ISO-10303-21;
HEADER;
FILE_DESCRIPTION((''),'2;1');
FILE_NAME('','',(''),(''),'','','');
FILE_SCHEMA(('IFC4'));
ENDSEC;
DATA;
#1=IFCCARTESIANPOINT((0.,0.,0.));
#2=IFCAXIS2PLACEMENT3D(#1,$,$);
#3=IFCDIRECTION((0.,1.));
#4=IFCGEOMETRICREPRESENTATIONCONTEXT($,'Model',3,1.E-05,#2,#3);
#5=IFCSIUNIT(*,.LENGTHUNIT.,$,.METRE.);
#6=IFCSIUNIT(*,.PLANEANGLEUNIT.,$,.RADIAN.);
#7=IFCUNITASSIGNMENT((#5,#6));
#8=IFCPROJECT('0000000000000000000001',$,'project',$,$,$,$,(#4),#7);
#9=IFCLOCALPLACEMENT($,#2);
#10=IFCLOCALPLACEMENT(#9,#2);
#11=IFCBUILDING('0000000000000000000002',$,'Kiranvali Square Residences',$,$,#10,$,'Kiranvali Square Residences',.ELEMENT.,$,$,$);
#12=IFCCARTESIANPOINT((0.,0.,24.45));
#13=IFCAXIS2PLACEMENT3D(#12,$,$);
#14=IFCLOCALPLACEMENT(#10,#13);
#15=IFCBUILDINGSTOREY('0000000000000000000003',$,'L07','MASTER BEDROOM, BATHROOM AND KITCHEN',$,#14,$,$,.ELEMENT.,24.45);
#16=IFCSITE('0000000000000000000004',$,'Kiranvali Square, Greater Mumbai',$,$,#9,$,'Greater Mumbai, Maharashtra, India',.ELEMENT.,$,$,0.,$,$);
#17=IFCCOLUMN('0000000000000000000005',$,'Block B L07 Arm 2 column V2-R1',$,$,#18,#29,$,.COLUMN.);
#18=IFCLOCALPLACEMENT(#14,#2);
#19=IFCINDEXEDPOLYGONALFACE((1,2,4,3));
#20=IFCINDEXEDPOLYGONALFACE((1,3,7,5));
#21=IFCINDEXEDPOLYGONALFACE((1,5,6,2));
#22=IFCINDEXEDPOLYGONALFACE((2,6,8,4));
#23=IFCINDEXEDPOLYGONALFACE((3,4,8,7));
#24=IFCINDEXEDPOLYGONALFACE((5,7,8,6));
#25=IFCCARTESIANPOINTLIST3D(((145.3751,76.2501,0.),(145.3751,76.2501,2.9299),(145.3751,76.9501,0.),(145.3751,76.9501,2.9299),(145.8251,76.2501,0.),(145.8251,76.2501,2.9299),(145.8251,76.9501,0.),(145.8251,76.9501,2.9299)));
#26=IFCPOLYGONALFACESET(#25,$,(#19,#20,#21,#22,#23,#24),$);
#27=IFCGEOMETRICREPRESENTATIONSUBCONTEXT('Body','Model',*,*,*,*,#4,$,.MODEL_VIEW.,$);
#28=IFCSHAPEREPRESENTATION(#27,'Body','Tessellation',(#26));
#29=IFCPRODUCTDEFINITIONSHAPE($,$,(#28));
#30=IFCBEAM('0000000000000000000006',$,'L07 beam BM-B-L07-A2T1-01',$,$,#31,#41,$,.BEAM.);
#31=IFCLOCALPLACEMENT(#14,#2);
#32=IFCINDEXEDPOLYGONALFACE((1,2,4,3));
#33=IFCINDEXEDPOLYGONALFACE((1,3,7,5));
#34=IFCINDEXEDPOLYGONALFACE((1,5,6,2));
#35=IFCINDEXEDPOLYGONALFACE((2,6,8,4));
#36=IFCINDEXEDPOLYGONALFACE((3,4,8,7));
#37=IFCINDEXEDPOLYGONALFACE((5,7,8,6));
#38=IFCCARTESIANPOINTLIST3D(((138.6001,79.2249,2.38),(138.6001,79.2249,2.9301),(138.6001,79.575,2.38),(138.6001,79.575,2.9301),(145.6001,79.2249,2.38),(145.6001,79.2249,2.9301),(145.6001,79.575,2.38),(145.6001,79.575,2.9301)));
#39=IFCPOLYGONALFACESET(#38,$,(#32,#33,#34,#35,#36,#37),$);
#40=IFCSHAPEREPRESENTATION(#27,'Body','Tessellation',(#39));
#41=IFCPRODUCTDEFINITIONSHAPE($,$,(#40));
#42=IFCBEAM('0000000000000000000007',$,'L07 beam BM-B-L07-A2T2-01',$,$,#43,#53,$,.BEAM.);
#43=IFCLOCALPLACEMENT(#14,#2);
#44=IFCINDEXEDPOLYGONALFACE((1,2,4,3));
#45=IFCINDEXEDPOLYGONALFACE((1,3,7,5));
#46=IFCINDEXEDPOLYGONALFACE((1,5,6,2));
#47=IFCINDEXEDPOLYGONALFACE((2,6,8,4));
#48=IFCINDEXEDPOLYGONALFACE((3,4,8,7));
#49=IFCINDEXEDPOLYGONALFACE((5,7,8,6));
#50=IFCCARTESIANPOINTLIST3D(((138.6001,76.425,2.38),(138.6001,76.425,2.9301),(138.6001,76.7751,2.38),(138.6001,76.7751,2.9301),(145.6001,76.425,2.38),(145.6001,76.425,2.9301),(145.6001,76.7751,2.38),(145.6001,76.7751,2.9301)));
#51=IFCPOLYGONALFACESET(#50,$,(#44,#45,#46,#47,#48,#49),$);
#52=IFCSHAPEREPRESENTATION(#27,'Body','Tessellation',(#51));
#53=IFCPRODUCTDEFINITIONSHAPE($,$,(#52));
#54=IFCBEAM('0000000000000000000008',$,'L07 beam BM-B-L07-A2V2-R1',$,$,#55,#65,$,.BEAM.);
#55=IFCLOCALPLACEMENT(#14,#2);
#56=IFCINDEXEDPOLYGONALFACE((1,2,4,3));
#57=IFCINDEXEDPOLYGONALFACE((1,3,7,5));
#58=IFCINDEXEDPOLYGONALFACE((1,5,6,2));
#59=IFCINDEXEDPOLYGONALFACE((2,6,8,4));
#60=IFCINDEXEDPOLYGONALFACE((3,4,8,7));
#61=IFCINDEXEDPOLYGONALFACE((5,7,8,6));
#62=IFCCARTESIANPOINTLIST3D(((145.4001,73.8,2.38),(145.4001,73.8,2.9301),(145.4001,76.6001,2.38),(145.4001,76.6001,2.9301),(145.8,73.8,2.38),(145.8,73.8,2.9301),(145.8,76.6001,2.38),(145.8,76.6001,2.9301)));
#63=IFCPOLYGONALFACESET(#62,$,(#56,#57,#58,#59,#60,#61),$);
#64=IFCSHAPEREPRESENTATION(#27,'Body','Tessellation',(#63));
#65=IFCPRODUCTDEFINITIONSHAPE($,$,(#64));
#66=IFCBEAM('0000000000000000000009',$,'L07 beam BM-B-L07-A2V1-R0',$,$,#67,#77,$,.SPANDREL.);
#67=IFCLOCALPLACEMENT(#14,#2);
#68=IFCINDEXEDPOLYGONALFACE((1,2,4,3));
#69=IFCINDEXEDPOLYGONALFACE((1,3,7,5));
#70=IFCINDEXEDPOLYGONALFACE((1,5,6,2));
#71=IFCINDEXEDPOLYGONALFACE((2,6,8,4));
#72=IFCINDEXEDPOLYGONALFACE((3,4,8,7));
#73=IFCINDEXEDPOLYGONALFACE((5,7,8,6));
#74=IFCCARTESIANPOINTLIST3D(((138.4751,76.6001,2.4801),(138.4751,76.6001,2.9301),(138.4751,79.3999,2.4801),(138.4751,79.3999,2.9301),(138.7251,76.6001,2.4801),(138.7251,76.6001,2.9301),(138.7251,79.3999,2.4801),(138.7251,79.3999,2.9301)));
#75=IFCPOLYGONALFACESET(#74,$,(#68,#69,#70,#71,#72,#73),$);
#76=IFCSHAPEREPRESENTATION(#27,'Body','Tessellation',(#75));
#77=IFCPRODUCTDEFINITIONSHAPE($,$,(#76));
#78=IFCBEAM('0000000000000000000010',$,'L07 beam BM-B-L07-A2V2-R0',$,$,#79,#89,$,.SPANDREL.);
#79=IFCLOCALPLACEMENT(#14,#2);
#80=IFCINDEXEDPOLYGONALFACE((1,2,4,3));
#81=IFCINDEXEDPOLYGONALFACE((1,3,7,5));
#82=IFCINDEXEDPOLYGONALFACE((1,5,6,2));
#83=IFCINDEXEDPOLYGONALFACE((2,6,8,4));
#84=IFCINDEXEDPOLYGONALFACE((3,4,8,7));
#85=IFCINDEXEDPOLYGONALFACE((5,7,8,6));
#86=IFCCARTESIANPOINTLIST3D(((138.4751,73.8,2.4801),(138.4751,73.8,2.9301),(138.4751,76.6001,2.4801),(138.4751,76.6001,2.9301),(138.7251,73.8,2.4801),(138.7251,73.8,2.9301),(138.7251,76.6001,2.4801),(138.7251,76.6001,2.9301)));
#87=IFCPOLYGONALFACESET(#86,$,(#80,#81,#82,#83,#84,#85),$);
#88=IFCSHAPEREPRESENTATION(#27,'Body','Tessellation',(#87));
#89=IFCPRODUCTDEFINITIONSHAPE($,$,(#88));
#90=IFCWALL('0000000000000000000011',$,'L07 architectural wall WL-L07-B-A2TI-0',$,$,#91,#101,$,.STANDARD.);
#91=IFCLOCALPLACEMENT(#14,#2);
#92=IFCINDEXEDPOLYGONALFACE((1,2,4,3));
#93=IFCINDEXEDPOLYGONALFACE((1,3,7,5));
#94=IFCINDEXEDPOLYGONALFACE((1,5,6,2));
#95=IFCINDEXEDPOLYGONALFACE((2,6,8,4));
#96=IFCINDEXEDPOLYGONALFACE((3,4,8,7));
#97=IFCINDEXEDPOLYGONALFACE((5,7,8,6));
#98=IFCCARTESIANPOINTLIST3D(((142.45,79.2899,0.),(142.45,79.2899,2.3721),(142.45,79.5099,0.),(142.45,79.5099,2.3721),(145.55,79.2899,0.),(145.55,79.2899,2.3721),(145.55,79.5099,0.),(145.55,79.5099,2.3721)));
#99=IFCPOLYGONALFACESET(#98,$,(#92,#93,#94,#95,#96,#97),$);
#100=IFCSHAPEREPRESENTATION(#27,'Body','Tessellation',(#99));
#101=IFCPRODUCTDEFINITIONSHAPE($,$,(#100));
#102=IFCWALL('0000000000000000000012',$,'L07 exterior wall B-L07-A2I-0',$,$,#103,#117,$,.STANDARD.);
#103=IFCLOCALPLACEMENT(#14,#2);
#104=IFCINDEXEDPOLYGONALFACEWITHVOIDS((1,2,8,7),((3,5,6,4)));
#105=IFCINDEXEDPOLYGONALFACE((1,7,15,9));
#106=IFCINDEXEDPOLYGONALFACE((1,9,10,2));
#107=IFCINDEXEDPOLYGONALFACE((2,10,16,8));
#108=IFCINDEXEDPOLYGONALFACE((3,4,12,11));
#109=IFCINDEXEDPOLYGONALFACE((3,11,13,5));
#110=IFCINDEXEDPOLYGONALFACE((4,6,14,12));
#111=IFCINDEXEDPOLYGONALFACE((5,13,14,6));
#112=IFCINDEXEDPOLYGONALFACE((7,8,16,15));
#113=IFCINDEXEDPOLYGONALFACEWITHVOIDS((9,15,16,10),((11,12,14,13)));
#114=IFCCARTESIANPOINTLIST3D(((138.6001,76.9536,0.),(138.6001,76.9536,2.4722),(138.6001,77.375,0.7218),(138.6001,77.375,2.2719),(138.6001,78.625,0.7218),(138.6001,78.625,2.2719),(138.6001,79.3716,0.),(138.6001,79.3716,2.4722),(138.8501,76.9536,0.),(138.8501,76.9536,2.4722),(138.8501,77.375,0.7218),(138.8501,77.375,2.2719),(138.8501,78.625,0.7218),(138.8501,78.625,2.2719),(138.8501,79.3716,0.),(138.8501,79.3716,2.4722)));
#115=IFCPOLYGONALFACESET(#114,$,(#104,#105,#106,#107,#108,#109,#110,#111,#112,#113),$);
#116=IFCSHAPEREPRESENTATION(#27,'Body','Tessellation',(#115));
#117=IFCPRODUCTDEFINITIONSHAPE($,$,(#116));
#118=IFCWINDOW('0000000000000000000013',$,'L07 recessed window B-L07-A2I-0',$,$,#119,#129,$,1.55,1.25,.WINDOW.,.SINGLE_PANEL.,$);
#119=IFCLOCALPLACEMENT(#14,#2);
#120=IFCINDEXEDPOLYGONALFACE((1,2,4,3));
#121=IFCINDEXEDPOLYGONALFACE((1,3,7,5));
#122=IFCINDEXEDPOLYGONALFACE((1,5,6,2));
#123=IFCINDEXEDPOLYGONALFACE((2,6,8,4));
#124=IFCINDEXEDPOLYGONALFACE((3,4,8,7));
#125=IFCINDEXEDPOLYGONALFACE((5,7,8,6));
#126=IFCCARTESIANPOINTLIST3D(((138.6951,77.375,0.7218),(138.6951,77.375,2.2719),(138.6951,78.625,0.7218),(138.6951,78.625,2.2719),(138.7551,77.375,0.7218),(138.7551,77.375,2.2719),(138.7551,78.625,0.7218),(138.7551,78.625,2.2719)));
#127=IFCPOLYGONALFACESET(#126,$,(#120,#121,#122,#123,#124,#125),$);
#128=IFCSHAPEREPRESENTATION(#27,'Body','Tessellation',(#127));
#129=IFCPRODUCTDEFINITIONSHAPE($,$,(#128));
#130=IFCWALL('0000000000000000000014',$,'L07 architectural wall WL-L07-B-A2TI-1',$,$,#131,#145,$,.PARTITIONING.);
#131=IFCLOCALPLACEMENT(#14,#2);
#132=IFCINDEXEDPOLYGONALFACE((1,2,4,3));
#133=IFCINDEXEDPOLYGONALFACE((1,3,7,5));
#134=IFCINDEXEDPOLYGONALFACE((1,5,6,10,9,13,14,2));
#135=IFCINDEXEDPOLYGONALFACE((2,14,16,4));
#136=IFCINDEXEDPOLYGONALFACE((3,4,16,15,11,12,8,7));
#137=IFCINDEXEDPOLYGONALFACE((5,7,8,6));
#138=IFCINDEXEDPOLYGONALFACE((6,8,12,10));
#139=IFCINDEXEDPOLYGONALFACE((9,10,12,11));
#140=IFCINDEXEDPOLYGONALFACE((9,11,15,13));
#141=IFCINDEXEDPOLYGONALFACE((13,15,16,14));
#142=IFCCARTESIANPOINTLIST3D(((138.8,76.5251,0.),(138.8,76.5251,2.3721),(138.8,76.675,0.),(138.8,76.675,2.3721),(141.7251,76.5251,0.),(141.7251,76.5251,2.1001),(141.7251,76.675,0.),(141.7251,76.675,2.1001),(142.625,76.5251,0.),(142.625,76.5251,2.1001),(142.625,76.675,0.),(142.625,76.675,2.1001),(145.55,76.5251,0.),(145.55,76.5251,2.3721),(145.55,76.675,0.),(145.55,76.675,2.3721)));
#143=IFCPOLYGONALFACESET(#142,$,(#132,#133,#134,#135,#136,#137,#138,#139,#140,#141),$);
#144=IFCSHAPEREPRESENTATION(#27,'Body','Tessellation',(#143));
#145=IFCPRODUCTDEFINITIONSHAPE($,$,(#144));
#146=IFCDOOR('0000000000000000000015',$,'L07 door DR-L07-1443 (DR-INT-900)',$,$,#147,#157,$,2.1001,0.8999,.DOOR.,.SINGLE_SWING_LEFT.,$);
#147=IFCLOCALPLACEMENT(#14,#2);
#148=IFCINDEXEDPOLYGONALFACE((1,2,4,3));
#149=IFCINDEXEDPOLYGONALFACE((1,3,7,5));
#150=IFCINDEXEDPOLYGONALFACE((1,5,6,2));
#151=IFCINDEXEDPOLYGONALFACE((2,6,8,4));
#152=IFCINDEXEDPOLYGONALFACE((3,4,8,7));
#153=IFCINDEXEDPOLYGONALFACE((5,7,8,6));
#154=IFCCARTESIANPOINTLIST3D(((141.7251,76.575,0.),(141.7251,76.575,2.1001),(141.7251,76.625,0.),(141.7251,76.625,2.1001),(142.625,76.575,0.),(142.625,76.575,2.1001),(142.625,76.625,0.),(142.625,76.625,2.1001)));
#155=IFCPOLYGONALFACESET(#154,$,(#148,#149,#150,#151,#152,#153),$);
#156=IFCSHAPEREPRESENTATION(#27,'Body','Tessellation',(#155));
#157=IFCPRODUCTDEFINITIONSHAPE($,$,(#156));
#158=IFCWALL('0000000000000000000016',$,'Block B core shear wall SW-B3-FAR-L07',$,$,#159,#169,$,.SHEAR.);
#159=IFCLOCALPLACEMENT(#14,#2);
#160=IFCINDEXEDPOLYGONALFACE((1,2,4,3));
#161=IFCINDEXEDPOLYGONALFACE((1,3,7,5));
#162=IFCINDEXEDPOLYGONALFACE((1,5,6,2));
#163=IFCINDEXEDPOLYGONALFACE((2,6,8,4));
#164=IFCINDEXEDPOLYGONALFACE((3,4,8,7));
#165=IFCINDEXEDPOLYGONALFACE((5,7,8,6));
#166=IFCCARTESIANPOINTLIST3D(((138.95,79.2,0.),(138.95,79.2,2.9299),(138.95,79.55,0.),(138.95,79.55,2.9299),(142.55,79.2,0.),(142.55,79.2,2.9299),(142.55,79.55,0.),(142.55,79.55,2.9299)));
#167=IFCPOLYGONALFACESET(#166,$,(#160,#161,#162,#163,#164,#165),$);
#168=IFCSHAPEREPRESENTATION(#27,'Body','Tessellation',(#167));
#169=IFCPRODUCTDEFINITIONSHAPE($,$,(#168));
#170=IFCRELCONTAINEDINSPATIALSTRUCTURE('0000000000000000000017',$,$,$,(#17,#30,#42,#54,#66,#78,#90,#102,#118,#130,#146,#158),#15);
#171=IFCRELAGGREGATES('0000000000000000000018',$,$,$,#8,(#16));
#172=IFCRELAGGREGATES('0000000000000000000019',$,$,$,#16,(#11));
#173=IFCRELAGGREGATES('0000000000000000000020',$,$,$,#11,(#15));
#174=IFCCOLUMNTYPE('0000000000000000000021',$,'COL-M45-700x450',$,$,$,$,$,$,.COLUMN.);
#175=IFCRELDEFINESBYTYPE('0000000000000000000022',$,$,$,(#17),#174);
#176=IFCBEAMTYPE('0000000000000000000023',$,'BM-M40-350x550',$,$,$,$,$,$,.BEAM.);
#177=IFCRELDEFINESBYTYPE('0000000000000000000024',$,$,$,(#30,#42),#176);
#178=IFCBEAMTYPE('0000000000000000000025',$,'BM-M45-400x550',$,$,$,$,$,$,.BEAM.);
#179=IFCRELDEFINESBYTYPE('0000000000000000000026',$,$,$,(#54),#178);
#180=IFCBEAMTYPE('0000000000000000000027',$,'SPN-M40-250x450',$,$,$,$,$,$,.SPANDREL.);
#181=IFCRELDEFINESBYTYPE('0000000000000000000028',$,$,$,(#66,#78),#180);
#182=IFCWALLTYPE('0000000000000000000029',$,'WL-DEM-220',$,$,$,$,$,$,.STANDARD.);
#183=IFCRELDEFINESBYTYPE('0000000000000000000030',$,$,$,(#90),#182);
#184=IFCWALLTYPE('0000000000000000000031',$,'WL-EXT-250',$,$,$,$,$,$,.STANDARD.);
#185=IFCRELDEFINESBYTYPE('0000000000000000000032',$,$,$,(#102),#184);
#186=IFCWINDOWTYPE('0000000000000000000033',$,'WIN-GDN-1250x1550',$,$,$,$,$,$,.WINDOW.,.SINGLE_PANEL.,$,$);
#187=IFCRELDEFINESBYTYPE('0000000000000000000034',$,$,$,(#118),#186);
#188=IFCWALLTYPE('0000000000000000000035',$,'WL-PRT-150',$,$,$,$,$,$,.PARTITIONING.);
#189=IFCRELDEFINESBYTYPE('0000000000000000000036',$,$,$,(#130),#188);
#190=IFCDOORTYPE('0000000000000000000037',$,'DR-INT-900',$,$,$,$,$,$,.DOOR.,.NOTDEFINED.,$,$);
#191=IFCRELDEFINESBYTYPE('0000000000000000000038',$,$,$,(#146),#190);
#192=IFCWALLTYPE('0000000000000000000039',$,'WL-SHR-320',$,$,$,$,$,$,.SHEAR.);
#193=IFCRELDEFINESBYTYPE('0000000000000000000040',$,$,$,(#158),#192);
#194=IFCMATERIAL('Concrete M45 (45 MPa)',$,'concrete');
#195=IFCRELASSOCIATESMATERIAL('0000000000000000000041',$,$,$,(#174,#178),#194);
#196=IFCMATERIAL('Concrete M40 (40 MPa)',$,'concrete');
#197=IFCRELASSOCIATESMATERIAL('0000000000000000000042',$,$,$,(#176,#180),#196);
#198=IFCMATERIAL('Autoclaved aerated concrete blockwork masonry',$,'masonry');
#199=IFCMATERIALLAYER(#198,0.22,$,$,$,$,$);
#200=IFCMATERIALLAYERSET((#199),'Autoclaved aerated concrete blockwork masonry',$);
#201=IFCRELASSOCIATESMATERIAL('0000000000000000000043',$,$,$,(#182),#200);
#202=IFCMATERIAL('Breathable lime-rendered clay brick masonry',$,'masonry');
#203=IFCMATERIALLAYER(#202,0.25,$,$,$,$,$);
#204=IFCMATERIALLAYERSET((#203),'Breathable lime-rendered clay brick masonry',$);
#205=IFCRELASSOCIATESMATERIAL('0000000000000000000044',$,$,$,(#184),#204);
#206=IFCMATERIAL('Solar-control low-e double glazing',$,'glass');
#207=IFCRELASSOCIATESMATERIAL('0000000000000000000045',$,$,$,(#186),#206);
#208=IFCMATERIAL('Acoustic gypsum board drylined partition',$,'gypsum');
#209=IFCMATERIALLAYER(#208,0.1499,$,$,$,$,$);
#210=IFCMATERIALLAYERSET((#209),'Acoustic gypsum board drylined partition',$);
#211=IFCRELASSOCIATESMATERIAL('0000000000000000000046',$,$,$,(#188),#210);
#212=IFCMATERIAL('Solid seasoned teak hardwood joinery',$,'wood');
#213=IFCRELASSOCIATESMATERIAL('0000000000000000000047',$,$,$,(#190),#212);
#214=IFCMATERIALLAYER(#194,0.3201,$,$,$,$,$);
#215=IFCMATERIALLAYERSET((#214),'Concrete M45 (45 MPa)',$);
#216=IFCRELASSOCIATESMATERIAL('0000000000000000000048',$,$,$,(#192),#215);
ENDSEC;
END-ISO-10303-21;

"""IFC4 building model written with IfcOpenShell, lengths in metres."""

from ifc_helpers import new_model, si_unit, direction, frame, frame_2d, origin, origin_2d, place, context, subcontext, project, spatial, rectangle, extrude, material, layer, layer_set, material_profile, profile_set, type_object, element, fill, save


model = new_model("IFC4")

# Units and contexts
model_context = context("Model", 3, precision=1e-05, world=origin(), true_north=direction((0.0, 1.0)))
body_context = subcontext(model_context, "Body", "Model", "MODEL_VIEW")
ifc_project = project(units=[si_unit("LENGTHUNIT", "METRE"), si_unit("PLANEANGLEUNIT", "RADIAN")], contexts=[model_context])

# Site, building, storey
site_placement = place(None, origin())
site = spatial("IfcSite", under=ifc_project, at=site_placement, Name="Kiranvali Square, Greater Mumbai", LongName="Greater Mumbai, Maharashtra, India", CompositionType="ELEMENT", RefElevation=0.0)
building_placement = place(site_placement, origin())
building = spatial("IfcBuilding", under=site, at=building_placement, Name="Kiranvali Square Residences", LongName="Kiranvali Square Residences", CompositionType="ELEMENT")
storey_placement = place(building_placement, frame((0.0, 0.0, 24.45)))
storey = spatial("IfcBuildingStorey", under=building, at=storey_placement, Name="L07", Description="MASTER BEDROOM, BATHROOM AND KITCHEN", CompositionType="ELEMENT", Elevation=24.45)

# Column
ifc_material_1 = material(Name="Concrete M45 (45 MPa)", Category="concrete")
ifc_material_profile_1 = material_profile(ifc_material_1, rectangle(XDim=0.45, YDim=0.7, at=origin_2d()), Name="RC 700x450")
ifc_profile_set_1 = profile_set([ifc_material_profile_1], Name="Concrete M45 (45 MPa)")
column_type = type_object("IfcColumnType", Name="COL-M45-700x450", PredefinedType="COLUMN", material=ifc_profile_set_1)
column_placement = place(storey_placement, frame((145.6001, 76.6001, 0.0), z_axis=(0.0, 0.0, 1.0), x_axis=(1.0, 0.0, 0.0)))
element("IfcColumn", 1, at=column_placement, inside=storey, type_object=column_type, Name="Block B L07 Arm 2 column V2-R1", PredefinedType="COLUMN", context=body_context, shape_type="SweptSolid", body=[
    extrude(rectangle(XDim=0.45, YDim=0.7, at=origin_2d()), origin(), (0.0, 0.0, 1.0), 2.9299),
])

# Beams
ifc_material_2 = material(Name="Concrete M40 (40 MPa)", Category="concrete")
ifc_material_profile_2 = material_profile(ifc_material_2, rectangle(XDim=0.3501, YDim=0.55, at=origin_2d()), Name="RC 350x550")
ifc_profile_set_2 = profile_set([ifc_material_profile_2], Name="Concrete M40 (40 MPa)")
beam_type_1 = type_object("IfcBeamType", Name="BM-M40-350x550", PredefinedType="BEAM", material=ifc_profile_set_2)
for number, where, z_axis, x_axis, name in (
    (2, (138.6001, 79.3999, 2.655), (1.0, 0.0, 0.0), (0.0, 1.0, 0.0), "L07 beam BM-B-L07-A2T1-01"),
    (3, (138.6001, 76.6001, 2.655), (1.0, 0.0, 0.0), (0.0, 1.0, 0.0), "L07 beam BM-B-L07-A2T2-01"),
):
    element("IfcBeam", number, at=place(storey_placement, frame(where, z_axis=z_axis, x_axis=x_axis)), inside=storey, type_object=beam_type_1, Name=name, PredefinedType="BEAM", context=body_context, shape_type="SweptSolid", body=[
        extrude(rectangle(XDim=0.3501, YDim=0.55, at=origin_2d()), origin(), (0.0, 0.0, 1.0), 7.0),
    ])
ifc_material_profile_3 = material_profile(ifc_material_1, rectangle(XDim=0.3999, YDim=0.55, at=origin_2d()), Name="RC 400x550")
ifc_profile_set_3 = profile_set([ifc_material_profile_3], Name="Concrete M45 (45 MPa)")
beam_type_2 = type_object("IfcBeamType", Name="BM-M45-400x550", PredefinedType="BEAM", material=ifc_profile_set_3)
beam_1_placement = place(storey_placement, frame((145.6001, 76.6001, 2.655), z_axis=(0.0, -1.0, 0.0), x_axis=(1.0, 0.0, 0.0)))
element("IfcBeam", 4, at=beam_1_placement, inside=storey, type_object=beam_type_2, Name="L07 beam BM-B-L07-A2V2-R1", PredefinedType="BEAM", context=body_context, shape_type="SweptSolid", body=[
    extrude(rectangle(XDim=0.3999, YDim=0.55, at=origin_2d()), origin(), (0.0, 0.0, 1.0), 2.8),
])
ifc_material_profile_4 = material_profile(ifc_material_2, rectangle(XDim=0.25, YDim=0.45, at=origin_2d()), Name="RC 250x450")
ifc_profile_set_4 = profile_set([ifc_material_profile_4], Name="Concrete M40 (40 MPa)")
beam_type_3 = type_object("IfcBeamType", Name="SPN-M40-250x450", PredefinedType="SPANDREL", material=ifc_profile_set_4)
beam_2_placement = place(storey_placement, frame((138.6001, 79.3999, 2.7051), z_axis=(0.0, -1.0, 0.0), x_axis=(1.0, 0.0, 0.0)))
element("IfcBeam", 5, at=beam_2_placement, inside=storey, type_object=beam_type_3, Name="L07 beam BM-B-L07-A2V1-R0", PredefinedType="SPANDREL", context=body_context, shape_type="SweptSolid", body=[
    extrude(rectangle(XDim=0.25, YDim=0.45, at=origin_2d()), origin(), (0.0, 0.0, 1.0), 2.7998),
])
beam_3_placement = place(storey_placement, frame((138.6001, 76.6001, 2.7051), z_axis=(0.0, -1.0, 0.0), x_axis=(1.0, 0.0, 0.0)))
element("IfcBeam", 6, at=beam_3_placement, inside=storey, type_object=beam_type_3, Name="L07 beam BM-B-L07-A2V2-R0", PredefinedType="SPANDREL", context=body_context, shape_type="SweptSolid", body=[
    extrude(rectangle(XDim=0.25, YDim=0.45, at=origin_2d()), origin(), (0.0, 0.0, 1.0), 2.8),
])

# Shared definitions
ifc_material_3 = material(Name="Autoclaved aerated concrete blockwork masonry", Category="masonry")

# Wall
ifc_layer_1 = layer(ifc_material_3, 0.22)
ifc_layer_set_1 = layer_set([ifc_layer_1], Name="Autoclaved aerated concrete blockwork masonry")
wall_type_1 = type_object("IfcWallType", Name="WL-DEM-220", PredefinedType="STANDARD", material=ifc_layer_set_1)
wall_1_placement = place(storey_placement, frame((142.45, 79.3999, 0.0), z_axis=(0.0, 0.0, 1.0), x_axis=(1.0, 0.0, 0.0)))
element("IfcWall", 7, at=wall_1_placement, inside=storey, type_object=wall_type_1, Name="L07 architectural wall WL-L07-B-A2TI-0", PredefinedType="STANDARD", context=body_context, shape_type="SweptSolid", body=[
    extrude(rectangle(XDim=3.1001, YDim=0.22, at=frame_2d((1.55, 0.0))), origin(), (0.0, 0.0, 1.0), 2.3721),
])

# Wall, opening, window
ifc_material_4 = material(Name="Breathable lime-rendered clay brick masonry", Category="masonry")
ifc_layer_2 = layer(ifc_material_4, 0.25)
ifc_layer_set_2 = layer_set([ifc_layer_2], Name="Breathable lime-rendered clay brick masonry")
wall_type_2 = type_object("IfcWallType", Name="WL-EXT-250", PredefinedType="STANDARD", material=ifc_layer_set_2)
wall_2_placement = place(storey_placement, frame((138.7251, 79.3716, 0.0), z_axis=(0.0, 0.0, 1.0), x_axis=(0.0, -1.0, 0.0)))
wall_2 = element("IfcWall", 8, at=wall_2_placement, inside=storey, type_object=wall_type_2, Name="L07 exterior wall B-L07-A2I-0", PredefinedType="STANDARD", context=body_context, shape_type="SweptSolid", body=[
    extrude(rectangle(XDim=2.418, YDim=0.25, at=frame_2d((1.209, 0.0))), origin(), (0.0, 0.0, 1.0), 2.4722),
])
opening_1_placement = place(wall_2_placement, frame((0.7466, 0.0, 0.7219)))
opening_1 = element("IfcOpeningElement", 9, at=opening_1_placement, cuts=wall_2, PredefinedType="OPENING", context=body_context, shape_type="SweptSolid", body=[
    extrude(rectangle(XDim=1.25, YDim=1.55, at=frame_2d((0.625, 0.7749))), frame((0.0, 0.135, 0.0), z_axis=(0.0, -1.0, 0.0), x_axis=(1.0, 0.0, 0.0)), (0.0, 0.0, 1.0), 0.27),
])
ifc_material_5 = material(Name="Solar-control low-e double glazing", Category="glass")
window_type = type_object("IfcWindowType", Name="WIN-GDN-1250x1550", PartitioningType="SINGLE_PANEL", PredefinedType="WINDOW", material=ifc_material_5)
window_placement = place(opening_1_placement, origin())
window = element("IfcWindow", 10, at=window_placement, inside=storey, type_object=window_type, Name="L07 recessed window B-L07-A2I-0", OverallHeight=1.55, OverallWidth=1.25, PartitioningType="SINGLE_PANEL", PredefinedType="WINDOW", context=body_context, shape_type="SweptSolid", body=[
    extrude(rectangle(XDim=1.25, YDim=1.55, at=frame_2d((0.625, 0.7749))), frame((0.0, 0.03, 0.0), z_axis=(0.0, -1.0, 0.0), x_axis=(1.0, 0.0, 0.0)), (0.0, 0.0, 1.0), 0.0601),
])
fill(opening_1, window)

# Wall, opening, door
ifc_material_6 = material(Name="Acoustic gypsum board drylined partition", Category="gypsum")
ifc_layer_3 = layer(ifc_material_6, 0.1499)
ifc_layer_set_3 = layer_set([ifc_layer_3], Name="Acoustic gypsum board drylined partition")
wall_type_3 = type_object("IfcWallType", Name="WL-PRT-150", PredefinedType="PARTITIONING", material=ifc_layer_set_3)
wall_3_placement = place(storey_placement, frame((138.8, 76.6001, 0.0), z_axis=(0.0, 0.0, 1.0), x_axis=(1.0, 0.0, 0.0)))
wall_3 = element("IfcWall", 11, at=wall_3_placement, inside=storey, type_object=wall_type_3, Name="L07 architectural wall WL-L07-B-A2TI-1", PredefinedType="PARTITIONING", context=body_context, shape_type="SweptSolid", body=[
    extrude(rectangle(XDim=6.75, YDim=0.1499, at=frame_2d((3.375, 0.0))), origin(), (0.0, 0.0, 1.0), 2.3721),
])
opening_2_placement = place(wall_3_placement, frame((2.925, 0.0, 0.0)))
opening_2 = element("IfcOpeningElement", 12, at=opening_2_placement, cuts=wall_3, PredefinedType="OPENING", context=body_context, shape_type="SweptSolid", body=[
    extrude(rectangle(XDim=0.8999, YDim=2.1001, at=frame_2d((0.45, 1.05))), frame((0.0, 0.085, 0.0), z_axis=(0.0, -1.0, 0.0), x_axis=(1.0, 0.0, 0.0)), (0.0, 0.0, 1.0), 0.1699),
])
ifc_material_7 = material(Name="Solid seasoned teak hardwood joinery", Category="wood")
door_type_1 = type_object("IfcDoorType", Name="DR-INT-900", OperationType="NOTDEFINED", PredefinedType="DOOR", material=ifc_material_7)
door_1_placement = place(opening_2_placement, origin())
door_1 = element("IfcDoor", 13, at=door_1_placement, inside=storey, type_object=door_type_1, Name="L07 door DR-L07-1443 (DR-INT-900)", OperationType="SINGLE_SWING_LEFT", OverallHeight=2.1001, OverallWidth=0.8999, PredefinedType="DOOR", context=body_context, shape_type="SweptSolid", body=[
    extrude(rectangle(XDim=0.8999, YDim=2.1001, at=frame_2d((0.45, 1.05))), frame((0.0, 0.0249, 0.0), z_axis=(0.0, -1.0, 0.0), x_axis=(1.0, 0.0, 0.0)), (0.0, 0.0, 1.0), 0.05),
])
fill(opening_2, door_1)

# Wall
ifc_layer_4 = layer(ifc_material_1, 0.3201)
ifc_layer_set_4 = layer_set([ifc_layer_4], Name="Concrete M45 (45 MPa)")
wall_type_4 = type_object("IfcWallType", Name="WL-SHR-320", PredefinedType="SHEAR", material=ifc_layer_set_4)
wall_4_placement = place(storey_placement, frame((138.95, 79.375, 0.0), z_axis=(0.0, 0.0, 1.0), x_axis=(1.0, 0.0, 0.0)))
element("IfcWall", 14, at=wall_4_placement, inside=storey, type_object=wall_type_4, Name="Block B core shear wall SW-B3-FAR-L07", PredefinedType="SHEAR", context=body_context, shape_type="SweptSolid", body=[
    extrude(rectangle(XDim=3.6001, YDim=0.3501, at=frame_2d((1.8, 0.0))), origin(), (0.0, 0.0, 1.0), 2.9299),
])

save(model, "model.ifc")
